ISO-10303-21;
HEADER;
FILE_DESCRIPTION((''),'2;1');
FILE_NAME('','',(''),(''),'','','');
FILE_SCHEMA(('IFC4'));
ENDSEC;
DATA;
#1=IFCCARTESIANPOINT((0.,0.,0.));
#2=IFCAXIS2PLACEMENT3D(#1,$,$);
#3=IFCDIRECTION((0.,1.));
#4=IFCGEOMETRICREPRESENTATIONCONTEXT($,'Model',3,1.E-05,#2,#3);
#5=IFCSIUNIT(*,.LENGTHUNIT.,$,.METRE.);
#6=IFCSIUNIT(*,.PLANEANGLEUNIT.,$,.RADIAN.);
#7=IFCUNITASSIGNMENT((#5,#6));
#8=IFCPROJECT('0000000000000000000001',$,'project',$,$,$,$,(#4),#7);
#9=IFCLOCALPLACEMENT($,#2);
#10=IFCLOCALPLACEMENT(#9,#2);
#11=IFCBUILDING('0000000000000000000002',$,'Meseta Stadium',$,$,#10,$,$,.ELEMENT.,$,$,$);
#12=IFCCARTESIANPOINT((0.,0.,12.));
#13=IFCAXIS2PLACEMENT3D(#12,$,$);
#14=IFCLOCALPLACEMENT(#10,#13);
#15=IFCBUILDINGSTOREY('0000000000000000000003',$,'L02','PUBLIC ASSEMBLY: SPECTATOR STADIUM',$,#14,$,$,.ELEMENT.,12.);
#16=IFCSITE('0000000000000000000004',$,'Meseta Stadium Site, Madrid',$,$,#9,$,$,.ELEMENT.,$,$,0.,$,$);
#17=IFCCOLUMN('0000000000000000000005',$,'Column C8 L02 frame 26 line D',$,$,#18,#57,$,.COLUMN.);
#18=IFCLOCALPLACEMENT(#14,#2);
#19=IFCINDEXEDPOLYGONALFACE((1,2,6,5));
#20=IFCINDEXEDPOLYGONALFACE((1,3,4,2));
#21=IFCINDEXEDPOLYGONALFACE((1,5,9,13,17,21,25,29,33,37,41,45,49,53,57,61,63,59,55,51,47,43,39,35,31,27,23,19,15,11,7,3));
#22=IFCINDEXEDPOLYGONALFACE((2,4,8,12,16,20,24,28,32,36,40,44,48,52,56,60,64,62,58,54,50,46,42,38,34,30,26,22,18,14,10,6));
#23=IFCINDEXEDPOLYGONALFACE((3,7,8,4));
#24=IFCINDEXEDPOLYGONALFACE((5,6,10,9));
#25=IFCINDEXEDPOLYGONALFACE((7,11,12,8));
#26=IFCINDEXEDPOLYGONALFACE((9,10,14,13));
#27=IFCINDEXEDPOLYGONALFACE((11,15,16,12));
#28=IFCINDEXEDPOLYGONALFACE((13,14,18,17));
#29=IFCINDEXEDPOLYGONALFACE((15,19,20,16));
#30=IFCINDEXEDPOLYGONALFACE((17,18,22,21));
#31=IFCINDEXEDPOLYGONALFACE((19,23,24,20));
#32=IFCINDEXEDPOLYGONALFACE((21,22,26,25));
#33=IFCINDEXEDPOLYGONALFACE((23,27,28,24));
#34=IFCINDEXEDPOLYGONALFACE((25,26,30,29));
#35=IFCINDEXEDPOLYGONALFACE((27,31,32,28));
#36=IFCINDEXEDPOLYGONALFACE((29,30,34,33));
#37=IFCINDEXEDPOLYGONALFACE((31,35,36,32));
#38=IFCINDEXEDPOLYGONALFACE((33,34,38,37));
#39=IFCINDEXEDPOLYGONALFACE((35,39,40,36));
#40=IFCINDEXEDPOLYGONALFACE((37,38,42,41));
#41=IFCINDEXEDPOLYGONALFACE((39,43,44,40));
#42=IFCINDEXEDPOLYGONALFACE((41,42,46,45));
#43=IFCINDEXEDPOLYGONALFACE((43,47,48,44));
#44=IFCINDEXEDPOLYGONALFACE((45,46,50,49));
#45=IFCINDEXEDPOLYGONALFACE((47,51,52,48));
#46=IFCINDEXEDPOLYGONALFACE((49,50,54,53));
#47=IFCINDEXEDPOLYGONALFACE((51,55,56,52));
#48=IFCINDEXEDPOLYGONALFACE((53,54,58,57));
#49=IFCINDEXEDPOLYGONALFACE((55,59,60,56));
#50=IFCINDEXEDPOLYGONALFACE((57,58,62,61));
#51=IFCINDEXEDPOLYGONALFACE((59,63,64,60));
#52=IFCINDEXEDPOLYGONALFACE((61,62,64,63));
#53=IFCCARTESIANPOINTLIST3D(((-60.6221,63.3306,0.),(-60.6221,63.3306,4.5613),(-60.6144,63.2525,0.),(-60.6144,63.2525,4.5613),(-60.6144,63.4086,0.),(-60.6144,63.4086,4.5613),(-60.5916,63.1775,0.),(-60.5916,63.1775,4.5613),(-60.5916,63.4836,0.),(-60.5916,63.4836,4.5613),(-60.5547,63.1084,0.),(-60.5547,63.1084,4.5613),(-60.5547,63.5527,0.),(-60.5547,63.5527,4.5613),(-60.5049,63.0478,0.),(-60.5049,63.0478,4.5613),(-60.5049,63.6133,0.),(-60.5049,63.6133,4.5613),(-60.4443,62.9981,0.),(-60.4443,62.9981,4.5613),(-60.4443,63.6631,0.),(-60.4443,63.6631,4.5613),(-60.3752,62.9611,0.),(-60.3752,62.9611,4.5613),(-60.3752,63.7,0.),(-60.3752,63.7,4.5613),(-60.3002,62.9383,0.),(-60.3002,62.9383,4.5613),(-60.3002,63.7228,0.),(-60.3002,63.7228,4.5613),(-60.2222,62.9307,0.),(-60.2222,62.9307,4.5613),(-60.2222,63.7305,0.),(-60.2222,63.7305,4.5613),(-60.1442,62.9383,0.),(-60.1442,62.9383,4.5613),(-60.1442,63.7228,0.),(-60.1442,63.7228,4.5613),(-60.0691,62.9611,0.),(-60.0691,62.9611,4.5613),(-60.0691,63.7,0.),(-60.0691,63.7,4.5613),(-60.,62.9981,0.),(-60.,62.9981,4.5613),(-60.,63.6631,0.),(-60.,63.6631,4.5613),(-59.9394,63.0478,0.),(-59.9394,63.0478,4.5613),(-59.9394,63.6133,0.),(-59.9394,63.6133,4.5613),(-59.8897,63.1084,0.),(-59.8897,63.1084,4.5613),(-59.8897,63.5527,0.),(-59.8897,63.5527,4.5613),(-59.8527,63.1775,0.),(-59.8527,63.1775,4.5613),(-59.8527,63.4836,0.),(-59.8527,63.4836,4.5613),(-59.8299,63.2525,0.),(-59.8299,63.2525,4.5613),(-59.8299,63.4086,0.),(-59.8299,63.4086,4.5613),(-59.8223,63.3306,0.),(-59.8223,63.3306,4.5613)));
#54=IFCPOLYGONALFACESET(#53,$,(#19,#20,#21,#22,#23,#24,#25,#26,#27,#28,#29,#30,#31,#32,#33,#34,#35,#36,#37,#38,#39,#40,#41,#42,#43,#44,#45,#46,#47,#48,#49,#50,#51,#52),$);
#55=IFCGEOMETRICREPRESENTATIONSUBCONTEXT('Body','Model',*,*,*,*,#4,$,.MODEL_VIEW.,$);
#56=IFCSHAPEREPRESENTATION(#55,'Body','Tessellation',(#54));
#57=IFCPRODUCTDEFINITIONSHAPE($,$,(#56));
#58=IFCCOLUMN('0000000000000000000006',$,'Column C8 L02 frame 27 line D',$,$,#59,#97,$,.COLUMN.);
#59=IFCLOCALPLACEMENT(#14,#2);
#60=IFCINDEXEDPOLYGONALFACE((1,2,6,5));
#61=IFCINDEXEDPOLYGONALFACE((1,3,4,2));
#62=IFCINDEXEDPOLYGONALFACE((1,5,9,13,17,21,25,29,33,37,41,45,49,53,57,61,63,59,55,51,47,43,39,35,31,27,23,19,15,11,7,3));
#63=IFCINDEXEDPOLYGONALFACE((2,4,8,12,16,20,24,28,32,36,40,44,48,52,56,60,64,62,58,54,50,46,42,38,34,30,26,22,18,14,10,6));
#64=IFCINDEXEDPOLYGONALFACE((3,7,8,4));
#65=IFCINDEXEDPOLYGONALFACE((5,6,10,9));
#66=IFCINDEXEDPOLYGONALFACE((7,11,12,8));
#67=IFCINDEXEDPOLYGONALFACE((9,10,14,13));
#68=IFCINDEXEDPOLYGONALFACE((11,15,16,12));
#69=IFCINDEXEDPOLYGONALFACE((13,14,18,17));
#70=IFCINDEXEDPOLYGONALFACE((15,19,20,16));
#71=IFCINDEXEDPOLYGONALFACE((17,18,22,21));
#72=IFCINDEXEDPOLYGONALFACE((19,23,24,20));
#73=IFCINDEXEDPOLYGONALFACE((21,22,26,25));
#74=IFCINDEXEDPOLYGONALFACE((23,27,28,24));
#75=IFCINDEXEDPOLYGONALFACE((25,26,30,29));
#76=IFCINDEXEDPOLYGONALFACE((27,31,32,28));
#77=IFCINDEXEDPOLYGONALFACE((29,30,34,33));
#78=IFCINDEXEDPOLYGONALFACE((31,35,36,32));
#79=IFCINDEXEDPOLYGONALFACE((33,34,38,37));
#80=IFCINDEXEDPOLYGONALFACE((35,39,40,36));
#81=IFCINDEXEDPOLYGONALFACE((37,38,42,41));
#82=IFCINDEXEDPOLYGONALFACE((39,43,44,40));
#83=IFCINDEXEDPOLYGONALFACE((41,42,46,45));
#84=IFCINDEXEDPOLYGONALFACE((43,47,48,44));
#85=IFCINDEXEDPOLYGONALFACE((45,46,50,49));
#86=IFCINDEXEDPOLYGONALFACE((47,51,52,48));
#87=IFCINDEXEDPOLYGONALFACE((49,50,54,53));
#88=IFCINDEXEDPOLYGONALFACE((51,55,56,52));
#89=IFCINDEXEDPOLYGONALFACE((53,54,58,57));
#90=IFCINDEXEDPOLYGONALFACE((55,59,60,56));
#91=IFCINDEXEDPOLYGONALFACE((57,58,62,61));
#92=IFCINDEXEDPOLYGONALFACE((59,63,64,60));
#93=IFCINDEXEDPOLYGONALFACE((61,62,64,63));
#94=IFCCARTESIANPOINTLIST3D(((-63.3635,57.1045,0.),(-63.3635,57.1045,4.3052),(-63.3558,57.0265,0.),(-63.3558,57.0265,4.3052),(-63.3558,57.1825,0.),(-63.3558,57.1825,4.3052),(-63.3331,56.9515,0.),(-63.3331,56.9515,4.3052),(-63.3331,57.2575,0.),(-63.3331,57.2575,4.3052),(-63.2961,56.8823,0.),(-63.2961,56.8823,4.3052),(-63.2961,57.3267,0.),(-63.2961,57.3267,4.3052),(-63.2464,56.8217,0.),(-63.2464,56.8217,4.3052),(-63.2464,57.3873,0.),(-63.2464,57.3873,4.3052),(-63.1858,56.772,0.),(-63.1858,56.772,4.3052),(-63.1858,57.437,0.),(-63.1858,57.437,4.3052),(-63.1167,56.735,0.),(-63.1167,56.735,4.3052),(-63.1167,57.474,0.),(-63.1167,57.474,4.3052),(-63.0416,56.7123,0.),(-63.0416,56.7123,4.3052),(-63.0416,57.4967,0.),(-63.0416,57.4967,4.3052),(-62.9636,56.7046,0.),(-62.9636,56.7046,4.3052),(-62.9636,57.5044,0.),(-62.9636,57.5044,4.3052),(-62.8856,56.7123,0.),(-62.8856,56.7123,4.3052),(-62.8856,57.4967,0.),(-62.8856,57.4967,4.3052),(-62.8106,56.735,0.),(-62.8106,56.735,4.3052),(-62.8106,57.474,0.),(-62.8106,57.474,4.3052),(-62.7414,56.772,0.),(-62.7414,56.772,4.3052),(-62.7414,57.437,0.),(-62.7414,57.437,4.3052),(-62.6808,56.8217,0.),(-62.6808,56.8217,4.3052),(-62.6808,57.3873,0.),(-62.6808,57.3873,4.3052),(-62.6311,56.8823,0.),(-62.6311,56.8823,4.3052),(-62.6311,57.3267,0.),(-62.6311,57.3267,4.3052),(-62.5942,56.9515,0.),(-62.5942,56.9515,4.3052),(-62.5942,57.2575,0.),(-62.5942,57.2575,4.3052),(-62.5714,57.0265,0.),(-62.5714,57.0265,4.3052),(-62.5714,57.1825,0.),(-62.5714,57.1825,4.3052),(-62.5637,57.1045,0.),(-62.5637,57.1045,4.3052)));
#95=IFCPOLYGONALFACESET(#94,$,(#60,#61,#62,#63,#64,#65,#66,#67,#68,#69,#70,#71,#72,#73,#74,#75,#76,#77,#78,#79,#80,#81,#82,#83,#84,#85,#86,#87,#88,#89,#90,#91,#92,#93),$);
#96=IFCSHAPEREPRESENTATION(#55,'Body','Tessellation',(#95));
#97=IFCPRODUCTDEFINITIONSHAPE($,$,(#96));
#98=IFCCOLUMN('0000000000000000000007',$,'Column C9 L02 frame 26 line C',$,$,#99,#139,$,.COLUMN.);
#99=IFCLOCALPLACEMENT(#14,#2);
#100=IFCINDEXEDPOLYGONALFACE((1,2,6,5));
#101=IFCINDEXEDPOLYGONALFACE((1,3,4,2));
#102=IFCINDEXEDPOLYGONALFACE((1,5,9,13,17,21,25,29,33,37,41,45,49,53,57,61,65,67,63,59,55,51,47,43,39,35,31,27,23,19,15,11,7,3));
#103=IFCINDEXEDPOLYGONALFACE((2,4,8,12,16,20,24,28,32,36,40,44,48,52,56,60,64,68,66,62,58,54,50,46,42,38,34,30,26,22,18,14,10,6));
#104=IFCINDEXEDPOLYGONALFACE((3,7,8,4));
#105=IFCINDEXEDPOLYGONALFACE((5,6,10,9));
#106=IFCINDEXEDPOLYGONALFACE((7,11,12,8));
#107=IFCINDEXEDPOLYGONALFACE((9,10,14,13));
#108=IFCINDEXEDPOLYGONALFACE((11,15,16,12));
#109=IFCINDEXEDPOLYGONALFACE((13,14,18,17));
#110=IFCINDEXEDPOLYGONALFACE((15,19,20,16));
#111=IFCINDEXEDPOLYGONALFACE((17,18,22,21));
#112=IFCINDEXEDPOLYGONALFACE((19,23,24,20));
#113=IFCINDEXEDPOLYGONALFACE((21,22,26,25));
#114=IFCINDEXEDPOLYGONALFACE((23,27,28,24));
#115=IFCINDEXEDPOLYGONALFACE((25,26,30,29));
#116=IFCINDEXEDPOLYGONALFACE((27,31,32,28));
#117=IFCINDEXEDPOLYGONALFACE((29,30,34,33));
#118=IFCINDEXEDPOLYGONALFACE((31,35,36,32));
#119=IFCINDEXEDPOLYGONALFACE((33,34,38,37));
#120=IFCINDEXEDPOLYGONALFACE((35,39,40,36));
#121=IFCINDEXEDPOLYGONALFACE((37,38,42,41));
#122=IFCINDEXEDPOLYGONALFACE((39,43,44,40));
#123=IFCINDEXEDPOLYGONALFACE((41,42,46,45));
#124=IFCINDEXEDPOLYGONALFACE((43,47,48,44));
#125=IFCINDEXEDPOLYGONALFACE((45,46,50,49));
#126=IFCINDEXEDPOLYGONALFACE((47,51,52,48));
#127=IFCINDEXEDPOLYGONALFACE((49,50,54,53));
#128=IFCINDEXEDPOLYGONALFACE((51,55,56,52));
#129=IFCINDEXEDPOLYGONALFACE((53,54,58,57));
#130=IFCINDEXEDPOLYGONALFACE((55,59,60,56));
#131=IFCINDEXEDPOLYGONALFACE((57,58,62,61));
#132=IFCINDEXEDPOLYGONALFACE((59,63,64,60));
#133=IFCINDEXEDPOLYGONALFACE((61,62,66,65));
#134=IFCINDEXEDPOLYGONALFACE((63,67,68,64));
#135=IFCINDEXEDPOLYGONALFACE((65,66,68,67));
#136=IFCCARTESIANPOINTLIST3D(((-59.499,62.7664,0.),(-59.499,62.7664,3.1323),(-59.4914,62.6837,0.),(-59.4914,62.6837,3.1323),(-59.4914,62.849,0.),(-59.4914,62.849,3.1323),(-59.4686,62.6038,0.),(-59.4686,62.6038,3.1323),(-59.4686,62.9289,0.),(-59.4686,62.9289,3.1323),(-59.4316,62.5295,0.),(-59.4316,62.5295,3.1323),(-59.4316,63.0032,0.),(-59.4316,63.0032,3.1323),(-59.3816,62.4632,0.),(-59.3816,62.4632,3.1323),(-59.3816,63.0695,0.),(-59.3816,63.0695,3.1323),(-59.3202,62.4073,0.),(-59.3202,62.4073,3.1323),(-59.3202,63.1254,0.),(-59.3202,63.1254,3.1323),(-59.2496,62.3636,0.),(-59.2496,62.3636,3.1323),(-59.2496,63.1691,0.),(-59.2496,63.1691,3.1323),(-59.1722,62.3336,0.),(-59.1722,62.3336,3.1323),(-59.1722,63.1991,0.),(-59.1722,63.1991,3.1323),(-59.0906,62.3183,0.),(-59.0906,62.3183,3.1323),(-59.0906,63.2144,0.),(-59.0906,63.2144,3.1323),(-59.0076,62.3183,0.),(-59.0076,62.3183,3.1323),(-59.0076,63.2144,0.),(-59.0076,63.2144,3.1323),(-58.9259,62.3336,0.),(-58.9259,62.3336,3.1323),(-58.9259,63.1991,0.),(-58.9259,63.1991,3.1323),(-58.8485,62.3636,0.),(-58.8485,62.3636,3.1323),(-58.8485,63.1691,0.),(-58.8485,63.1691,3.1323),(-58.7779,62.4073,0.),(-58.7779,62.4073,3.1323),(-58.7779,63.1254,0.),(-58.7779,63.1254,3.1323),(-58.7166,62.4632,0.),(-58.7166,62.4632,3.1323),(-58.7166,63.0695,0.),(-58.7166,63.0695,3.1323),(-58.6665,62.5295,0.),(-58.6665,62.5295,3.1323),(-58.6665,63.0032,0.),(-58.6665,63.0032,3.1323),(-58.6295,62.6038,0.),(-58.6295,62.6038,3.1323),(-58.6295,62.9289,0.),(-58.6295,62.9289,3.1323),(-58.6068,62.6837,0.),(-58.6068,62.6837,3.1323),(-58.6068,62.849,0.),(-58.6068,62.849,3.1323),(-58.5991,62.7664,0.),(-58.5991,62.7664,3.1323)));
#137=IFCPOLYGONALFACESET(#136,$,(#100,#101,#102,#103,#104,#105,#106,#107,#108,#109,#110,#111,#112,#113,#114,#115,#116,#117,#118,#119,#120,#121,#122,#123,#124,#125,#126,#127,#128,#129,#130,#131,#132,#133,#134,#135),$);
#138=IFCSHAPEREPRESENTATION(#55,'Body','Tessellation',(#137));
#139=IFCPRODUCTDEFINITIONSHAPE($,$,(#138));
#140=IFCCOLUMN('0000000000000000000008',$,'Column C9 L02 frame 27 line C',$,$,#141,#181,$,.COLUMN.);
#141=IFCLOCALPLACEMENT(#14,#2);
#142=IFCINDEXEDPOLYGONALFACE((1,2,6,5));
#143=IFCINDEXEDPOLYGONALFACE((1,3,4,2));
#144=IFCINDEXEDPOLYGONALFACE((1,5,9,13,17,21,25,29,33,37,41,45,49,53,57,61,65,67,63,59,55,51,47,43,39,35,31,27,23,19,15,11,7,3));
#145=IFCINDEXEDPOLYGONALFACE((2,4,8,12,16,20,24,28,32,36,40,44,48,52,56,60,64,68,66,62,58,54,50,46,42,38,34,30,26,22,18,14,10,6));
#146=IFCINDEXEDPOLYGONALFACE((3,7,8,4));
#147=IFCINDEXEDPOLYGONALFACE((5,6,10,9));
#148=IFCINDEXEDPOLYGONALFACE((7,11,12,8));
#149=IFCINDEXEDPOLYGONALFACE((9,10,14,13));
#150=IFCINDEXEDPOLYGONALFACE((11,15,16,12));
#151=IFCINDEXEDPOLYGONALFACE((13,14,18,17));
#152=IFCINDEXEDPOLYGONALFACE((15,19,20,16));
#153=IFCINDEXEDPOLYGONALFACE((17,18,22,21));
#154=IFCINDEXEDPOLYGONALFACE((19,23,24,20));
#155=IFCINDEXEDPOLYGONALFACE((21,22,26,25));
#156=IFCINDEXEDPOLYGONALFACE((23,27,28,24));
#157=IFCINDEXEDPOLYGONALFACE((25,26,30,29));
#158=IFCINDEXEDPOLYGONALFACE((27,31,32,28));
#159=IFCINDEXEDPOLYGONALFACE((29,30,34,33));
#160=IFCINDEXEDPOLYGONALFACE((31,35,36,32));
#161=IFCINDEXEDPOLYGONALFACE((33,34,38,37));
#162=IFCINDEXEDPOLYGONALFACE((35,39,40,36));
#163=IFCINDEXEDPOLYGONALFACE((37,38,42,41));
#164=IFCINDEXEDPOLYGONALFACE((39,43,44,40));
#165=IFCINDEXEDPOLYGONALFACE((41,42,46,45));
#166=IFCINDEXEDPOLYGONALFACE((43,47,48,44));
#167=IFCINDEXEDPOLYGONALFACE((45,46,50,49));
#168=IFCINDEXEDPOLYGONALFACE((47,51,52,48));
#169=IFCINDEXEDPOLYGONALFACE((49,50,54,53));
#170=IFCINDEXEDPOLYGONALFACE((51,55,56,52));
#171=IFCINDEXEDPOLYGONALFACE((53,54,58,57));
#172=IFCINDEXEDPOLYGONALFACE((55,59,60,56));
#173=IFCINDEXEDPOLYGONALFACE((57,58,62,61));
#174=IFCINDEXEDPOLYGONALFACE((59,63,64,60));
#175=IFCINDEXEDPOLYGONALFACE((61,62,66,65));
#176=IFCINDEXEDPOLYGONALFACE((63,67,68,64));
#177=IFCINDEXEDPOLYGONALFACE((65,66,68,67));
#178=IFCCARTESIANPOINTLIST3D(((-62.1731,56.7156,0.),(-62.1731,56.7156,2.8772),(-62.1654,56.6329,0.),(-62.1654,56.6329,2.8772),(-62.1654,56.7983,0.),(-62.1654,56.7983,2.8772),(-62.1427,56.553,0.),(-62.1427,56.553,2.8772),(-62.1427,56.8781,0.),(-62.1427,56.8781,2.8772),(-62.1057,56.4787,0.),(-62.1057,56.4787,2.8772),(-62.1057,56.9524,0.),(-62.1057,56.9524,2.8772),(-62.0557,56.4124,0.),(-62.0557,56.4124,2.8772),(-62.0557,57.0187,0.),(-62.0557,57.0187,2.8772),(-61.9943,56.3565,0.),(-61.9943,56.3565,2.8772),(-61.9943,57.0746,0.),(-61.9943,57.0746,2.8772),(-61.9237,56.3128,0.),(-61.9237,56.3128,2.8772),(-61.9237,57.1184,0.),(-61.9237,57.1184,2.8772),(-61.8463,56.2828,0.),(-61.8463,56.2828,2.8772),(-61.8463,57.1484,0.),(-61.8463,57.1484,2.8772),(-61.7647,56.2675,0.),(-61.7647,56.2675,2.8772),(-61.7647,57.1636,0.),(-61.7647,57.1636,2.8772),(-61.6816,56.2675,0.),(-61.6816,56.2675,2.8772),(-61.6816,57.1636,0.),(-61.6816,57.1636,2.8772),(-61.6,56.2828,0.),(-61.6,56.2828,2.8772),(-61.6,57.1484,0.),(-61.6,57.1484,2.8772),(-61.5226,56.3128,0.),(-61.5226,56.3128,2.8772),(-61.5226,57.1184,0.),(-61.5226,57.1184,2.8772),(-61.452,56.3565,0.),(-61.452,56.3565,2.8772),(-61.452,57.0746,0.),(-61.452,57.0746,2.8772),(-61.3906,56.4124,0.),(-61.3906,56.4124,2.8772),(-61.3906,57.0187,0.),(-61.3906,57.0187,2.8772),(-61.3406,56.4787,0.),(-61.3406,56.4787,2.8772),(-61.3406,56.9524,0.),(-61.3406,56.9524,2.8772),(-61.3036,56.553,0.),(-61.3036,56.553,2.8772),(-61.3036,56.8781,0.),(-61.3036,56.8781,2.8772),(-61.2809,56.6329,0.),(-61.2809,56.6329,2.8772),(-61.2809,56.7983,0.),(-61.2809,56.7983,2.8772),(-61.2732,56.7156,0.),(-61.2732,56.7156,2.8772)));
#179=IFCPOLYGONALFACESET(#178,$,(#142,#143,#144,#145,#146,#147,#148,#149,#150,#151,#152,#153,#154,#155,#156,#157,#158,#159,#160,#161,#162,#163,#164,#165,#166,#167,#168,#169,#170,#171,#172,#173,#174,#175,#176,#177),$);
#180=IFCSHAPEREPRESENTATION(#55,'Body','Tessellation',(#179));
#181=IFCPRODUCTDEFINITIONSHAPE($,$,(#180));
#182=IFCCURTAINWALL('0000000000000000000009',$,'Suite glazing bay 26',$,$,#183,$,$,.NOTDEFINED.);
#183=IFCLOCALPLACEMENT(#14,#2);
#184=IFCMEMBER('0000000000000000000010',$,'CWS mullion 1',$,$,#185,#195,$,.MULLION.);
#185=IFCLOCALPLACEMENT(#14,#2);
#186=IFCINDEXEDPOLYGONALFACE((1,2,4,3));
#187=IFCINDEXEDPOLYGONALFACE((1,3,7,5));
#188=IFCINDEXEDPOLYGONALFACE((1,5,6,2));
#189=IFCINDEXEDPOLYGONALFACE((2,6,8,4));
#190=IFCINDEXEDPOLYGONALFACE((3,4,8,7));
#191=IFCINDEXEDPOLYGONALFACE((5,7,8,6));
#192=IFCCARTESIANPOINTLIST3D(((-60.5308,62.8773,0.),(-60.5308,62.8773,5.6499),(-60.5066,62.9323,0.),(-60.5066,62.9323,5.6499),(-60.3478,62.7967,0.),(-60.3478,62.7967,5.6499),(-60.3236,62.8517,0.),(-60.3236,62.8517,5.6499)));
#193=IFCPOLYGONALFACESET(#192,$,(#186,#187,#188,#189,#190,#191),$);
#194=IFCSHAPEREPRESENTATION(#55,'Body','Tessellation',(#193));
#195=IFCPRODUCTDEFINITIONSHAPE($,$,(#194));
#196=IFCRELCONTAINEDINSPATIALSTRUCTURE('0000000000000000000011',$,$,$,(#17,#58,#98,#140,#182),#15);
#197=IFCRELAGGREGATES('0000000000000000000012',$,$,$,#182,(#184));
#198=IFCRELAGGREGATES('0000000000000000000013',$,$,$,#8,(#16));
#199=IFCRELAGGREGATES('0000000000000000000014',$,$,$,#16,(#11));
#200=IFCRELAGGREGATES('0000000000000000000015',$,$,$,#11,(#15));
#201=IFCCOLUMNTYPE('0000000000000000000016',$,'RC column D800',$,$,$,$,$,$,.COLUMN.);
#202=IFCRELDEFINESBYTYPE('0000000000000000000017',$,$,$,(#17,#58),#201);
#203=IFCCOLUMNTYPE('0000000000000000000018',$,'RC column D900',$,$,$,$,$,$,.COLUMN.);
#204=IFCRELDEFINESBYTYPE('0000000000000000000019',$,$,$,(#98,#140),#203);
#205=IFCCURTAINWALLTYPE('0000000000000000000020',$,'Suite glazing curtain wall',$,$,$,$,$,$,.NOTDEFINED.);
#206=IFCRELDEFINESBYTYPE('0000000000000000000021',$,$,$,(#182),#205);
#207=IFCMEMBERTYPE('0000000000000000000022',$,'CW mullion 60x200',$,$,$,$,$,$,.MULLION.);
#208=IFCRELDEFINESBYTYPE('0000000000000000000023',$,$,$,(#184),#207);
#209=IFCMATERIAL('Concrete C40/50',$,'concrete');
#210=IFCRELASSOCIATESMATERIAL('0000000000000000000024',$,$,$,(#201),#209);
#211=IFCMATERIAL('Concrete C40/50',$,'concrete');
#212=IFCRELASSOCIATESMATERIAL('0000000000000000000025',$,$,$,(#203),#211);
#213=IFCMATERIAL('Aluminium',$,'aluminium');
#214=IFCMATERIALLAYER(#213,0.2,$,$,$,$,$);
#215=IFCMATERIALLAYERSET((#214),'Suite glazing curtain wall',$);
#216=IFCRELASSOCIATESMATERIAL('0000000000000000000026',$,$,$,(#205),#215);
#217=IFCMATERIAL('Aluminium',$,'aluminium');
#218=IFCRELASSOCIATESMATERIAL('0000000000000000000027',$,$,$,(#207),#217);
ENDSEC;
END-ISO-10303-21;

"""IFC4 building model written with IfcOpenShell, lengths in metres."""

from ifc_helpers import new_model, si_unit, direction, frame, origin, origin_2d, place, context, subcontext, project, spatial, rectangle, circle, extrude, material, layer, layer_set, material_profile, profile_set, type_object, element, aggregate, save


model = new_model("IFC4")

# Units and contexts
model_context = context("Model", 3, precision=1e-05, world=origin(), true_north=direction((0.0, 1.0)))
body_context = subcontext(model_context, "Body", "Model", "MODEL_VIEW")
ifc_project = project(units=[si_unit("LENGTHUNIT", "METRE"), si_unit("PLANEANGLEUNIT", "RADIAN")], contexts=[model_context])

# Site, building, storey
site_placement = place(None, origin())
site = spatial("IfcSite", under=ifc_project, at=site_placement, Name="Meseta Stadium Site, Madrid", CompositionType="ELEMENT", RefElevation=0.0)
building_placement = place(site_placement, origin())
building = spatial("IfcBuilding", under=site, at=building_placement, Name="Meseta Stadium", CompositionType="ELEMENT")
storey_placement = place(building_placement, frame((0.0, 0.0, 12.0)))
storey = spatial("IfcBuildingStorey", under=building, at=storey_placement, Name="L02", Description="PUBLIC ASSEMBLY: SPECTATOR STADIUM", CompositionType="ELEMENT", Elevation=12.0)

# Columns
ifc_material_1 = material(Name="Concrete C40/50", Category="concrete")
ifc_material_profile_1 = material_profile(ifc_material_1, circle(Radius=0.3999, at=origin_2d()), Name="RC D800")
ifc_profile_set_1 = profile_set([ifc_material_profile_1], Name="Concrete C40/50")
column_type_1 = type_object("IfcColumnType", Name="RC column D800", PredefinedType="COLUMN", material=ifc_profile_set_1)
column_1_placement = place(storey_placement, frame((-60.2222, 63.3306, 0.0), z_axis=(0.0, 0.0, 1.0), x_axis=(1.0, 0.0, 0.0)))
element("IfcColumn", 1, at=column_1_placement, inside=storey, type_object=column_type_1, Name="Column C8 L02 frame 26 line D", PredefinedType="COLUMN", context=body_context, shape_type="SweptSolid", body=[
    extrude(circle(Radius=0.3999, at=origin_2d()), origin(), (0.0, 0.0, 1.0), 4.5613),
])
column_2_placement = place(storey_placement, frame((-62.9636, 57.1045, 0.0), z_axis=(0.0, 0.0, 1.0), x_axis=(1.0, 0.0, 0.0)))
element("IfcColumn", 2, at=column_2_placement, inside=storey, type_object=column_type_1, Name="Column C8 L02 frame 27 line D", PredefinedType="COLUMN", context=body_context, shape_type="SweptSolid", body=[
    extrude(circle(Radius=0.3999, at=origin_2d()), origin(), (0.0, 0.0, 1.0), 4.3052),
])
ifc_material_2 = material(Name="Concrete C40/50", Category="concrete")
ifc_material_profile_2 = material_profile(ifc_material_2, circle(Radius=0.45, at=origin_2d()), Name="RC D900")
ifc_profile_set_2 = profile_set([ifc_material_profile_2], Name="Concrete C40/50")
column_type_2 = type_object("IfcColumnType", Name="RC column D900", PredefinedType="COLUMN", material=ifc_profile_set_2)
column_3_placement = place(storey_placement, frame((-59.0491, 62.7664, 0.0), z_axis=(0.0, 0.0, 1.0), x_axis=(1.0, 0.0, 0.0)))
element("IfcColumn", 3, at=column_3_placement, inside=storey, type_object=column_type_2, Name="Column C9 L02 frame 26 line C", PredefinedType="COLUMN", context=body_context, shape_type="SweptSolid", body=[
    extrude(circle(Radius=0.45, at=origin_2d()), origin(), (0.0, 0.0, 1.0), 3.1323),
])
column_4_placement = place(storey_placement, frame((-61.7231, 56.7156, 0.0), z_axis=(0.0, 0.0, 1.0), x_axis=(1.0, 0.0, 0.0)))
element("IfcColumn", 4, at=column_4_placement, inside=storey, type_object=column_type_2, Name="Column C9 L02 frame 27 line C", PredefinedType="COLUMN", context=body_context, shape_type="SweptSolid", body=[
    extrude(circle(Radius=0.45, at=origin_2d()), origin(), (0.0, 0.0, 1.0), 2.8772),
])

# Curtain wall, member
ifc_material_3 = material(Name="Aluminium", Category="aluminium")
ifc_layer_1 = layer(ifc_material_3, 0.2)
ifc_layer_set_1 = layer_set([ifc_layer_1], Name="Suite glazing curtain wall")
curtain_wall_type = type_object("IfcCurtainWallType", Name="Suite glazing curtain wall", PredefinedType="NOTDEFINED", material=ifc_layer_set_1)
curtain_wall_1_placement = place(storey_placement, origin())
curtain_wall_1 = element("IfcCurtainWall", 5, at=curtain_wall_1_placement, inside=storey, type_object=curtain_wall_type, Name="Suite glazing bay 26", PredefinedType="NOTDEFINED")
ifc_material_4 = material(Name="Aluminium", Category="aluminium")
ifc_material_profile_3 = material_profile(ifc_material_4, rectangle(XDim=0.2, YDim=0.0601, at=origin_2d()), Name="CW 200x60")
ifc_profile_set_3 = profile_set([ifc_material_profile_3], Name="Aluminium")
member_type_1 = type_object("IfcMemberType", Name="CW mullion 60x200", PredefinedType="MULLION", material=ifc_profile_set_3)
member_1_placement = place(storey_placement, frame((-60.4272, 62.8645, 0.0), z_axis=(0.0, 0.0, 1.0), x_axis=(0.915207, -0.402983, 0.0)))
member_1 = element("IfcMember", 6, at=member_1_placement, type_object=member_type_1, Name="CWS mullion 1", PredefinedType="MULLION", context=body_context, shape_type="SweptSolid", body=[
    extrude(rectangle(XDim=0.2, YDim=0.0601, at=origin_2d()), origin(), (0.0, 0.0, 1.0), 5.6499),
])

aggregate(curtain_wall_1, [member_1])

save(model, "model.ifc")
